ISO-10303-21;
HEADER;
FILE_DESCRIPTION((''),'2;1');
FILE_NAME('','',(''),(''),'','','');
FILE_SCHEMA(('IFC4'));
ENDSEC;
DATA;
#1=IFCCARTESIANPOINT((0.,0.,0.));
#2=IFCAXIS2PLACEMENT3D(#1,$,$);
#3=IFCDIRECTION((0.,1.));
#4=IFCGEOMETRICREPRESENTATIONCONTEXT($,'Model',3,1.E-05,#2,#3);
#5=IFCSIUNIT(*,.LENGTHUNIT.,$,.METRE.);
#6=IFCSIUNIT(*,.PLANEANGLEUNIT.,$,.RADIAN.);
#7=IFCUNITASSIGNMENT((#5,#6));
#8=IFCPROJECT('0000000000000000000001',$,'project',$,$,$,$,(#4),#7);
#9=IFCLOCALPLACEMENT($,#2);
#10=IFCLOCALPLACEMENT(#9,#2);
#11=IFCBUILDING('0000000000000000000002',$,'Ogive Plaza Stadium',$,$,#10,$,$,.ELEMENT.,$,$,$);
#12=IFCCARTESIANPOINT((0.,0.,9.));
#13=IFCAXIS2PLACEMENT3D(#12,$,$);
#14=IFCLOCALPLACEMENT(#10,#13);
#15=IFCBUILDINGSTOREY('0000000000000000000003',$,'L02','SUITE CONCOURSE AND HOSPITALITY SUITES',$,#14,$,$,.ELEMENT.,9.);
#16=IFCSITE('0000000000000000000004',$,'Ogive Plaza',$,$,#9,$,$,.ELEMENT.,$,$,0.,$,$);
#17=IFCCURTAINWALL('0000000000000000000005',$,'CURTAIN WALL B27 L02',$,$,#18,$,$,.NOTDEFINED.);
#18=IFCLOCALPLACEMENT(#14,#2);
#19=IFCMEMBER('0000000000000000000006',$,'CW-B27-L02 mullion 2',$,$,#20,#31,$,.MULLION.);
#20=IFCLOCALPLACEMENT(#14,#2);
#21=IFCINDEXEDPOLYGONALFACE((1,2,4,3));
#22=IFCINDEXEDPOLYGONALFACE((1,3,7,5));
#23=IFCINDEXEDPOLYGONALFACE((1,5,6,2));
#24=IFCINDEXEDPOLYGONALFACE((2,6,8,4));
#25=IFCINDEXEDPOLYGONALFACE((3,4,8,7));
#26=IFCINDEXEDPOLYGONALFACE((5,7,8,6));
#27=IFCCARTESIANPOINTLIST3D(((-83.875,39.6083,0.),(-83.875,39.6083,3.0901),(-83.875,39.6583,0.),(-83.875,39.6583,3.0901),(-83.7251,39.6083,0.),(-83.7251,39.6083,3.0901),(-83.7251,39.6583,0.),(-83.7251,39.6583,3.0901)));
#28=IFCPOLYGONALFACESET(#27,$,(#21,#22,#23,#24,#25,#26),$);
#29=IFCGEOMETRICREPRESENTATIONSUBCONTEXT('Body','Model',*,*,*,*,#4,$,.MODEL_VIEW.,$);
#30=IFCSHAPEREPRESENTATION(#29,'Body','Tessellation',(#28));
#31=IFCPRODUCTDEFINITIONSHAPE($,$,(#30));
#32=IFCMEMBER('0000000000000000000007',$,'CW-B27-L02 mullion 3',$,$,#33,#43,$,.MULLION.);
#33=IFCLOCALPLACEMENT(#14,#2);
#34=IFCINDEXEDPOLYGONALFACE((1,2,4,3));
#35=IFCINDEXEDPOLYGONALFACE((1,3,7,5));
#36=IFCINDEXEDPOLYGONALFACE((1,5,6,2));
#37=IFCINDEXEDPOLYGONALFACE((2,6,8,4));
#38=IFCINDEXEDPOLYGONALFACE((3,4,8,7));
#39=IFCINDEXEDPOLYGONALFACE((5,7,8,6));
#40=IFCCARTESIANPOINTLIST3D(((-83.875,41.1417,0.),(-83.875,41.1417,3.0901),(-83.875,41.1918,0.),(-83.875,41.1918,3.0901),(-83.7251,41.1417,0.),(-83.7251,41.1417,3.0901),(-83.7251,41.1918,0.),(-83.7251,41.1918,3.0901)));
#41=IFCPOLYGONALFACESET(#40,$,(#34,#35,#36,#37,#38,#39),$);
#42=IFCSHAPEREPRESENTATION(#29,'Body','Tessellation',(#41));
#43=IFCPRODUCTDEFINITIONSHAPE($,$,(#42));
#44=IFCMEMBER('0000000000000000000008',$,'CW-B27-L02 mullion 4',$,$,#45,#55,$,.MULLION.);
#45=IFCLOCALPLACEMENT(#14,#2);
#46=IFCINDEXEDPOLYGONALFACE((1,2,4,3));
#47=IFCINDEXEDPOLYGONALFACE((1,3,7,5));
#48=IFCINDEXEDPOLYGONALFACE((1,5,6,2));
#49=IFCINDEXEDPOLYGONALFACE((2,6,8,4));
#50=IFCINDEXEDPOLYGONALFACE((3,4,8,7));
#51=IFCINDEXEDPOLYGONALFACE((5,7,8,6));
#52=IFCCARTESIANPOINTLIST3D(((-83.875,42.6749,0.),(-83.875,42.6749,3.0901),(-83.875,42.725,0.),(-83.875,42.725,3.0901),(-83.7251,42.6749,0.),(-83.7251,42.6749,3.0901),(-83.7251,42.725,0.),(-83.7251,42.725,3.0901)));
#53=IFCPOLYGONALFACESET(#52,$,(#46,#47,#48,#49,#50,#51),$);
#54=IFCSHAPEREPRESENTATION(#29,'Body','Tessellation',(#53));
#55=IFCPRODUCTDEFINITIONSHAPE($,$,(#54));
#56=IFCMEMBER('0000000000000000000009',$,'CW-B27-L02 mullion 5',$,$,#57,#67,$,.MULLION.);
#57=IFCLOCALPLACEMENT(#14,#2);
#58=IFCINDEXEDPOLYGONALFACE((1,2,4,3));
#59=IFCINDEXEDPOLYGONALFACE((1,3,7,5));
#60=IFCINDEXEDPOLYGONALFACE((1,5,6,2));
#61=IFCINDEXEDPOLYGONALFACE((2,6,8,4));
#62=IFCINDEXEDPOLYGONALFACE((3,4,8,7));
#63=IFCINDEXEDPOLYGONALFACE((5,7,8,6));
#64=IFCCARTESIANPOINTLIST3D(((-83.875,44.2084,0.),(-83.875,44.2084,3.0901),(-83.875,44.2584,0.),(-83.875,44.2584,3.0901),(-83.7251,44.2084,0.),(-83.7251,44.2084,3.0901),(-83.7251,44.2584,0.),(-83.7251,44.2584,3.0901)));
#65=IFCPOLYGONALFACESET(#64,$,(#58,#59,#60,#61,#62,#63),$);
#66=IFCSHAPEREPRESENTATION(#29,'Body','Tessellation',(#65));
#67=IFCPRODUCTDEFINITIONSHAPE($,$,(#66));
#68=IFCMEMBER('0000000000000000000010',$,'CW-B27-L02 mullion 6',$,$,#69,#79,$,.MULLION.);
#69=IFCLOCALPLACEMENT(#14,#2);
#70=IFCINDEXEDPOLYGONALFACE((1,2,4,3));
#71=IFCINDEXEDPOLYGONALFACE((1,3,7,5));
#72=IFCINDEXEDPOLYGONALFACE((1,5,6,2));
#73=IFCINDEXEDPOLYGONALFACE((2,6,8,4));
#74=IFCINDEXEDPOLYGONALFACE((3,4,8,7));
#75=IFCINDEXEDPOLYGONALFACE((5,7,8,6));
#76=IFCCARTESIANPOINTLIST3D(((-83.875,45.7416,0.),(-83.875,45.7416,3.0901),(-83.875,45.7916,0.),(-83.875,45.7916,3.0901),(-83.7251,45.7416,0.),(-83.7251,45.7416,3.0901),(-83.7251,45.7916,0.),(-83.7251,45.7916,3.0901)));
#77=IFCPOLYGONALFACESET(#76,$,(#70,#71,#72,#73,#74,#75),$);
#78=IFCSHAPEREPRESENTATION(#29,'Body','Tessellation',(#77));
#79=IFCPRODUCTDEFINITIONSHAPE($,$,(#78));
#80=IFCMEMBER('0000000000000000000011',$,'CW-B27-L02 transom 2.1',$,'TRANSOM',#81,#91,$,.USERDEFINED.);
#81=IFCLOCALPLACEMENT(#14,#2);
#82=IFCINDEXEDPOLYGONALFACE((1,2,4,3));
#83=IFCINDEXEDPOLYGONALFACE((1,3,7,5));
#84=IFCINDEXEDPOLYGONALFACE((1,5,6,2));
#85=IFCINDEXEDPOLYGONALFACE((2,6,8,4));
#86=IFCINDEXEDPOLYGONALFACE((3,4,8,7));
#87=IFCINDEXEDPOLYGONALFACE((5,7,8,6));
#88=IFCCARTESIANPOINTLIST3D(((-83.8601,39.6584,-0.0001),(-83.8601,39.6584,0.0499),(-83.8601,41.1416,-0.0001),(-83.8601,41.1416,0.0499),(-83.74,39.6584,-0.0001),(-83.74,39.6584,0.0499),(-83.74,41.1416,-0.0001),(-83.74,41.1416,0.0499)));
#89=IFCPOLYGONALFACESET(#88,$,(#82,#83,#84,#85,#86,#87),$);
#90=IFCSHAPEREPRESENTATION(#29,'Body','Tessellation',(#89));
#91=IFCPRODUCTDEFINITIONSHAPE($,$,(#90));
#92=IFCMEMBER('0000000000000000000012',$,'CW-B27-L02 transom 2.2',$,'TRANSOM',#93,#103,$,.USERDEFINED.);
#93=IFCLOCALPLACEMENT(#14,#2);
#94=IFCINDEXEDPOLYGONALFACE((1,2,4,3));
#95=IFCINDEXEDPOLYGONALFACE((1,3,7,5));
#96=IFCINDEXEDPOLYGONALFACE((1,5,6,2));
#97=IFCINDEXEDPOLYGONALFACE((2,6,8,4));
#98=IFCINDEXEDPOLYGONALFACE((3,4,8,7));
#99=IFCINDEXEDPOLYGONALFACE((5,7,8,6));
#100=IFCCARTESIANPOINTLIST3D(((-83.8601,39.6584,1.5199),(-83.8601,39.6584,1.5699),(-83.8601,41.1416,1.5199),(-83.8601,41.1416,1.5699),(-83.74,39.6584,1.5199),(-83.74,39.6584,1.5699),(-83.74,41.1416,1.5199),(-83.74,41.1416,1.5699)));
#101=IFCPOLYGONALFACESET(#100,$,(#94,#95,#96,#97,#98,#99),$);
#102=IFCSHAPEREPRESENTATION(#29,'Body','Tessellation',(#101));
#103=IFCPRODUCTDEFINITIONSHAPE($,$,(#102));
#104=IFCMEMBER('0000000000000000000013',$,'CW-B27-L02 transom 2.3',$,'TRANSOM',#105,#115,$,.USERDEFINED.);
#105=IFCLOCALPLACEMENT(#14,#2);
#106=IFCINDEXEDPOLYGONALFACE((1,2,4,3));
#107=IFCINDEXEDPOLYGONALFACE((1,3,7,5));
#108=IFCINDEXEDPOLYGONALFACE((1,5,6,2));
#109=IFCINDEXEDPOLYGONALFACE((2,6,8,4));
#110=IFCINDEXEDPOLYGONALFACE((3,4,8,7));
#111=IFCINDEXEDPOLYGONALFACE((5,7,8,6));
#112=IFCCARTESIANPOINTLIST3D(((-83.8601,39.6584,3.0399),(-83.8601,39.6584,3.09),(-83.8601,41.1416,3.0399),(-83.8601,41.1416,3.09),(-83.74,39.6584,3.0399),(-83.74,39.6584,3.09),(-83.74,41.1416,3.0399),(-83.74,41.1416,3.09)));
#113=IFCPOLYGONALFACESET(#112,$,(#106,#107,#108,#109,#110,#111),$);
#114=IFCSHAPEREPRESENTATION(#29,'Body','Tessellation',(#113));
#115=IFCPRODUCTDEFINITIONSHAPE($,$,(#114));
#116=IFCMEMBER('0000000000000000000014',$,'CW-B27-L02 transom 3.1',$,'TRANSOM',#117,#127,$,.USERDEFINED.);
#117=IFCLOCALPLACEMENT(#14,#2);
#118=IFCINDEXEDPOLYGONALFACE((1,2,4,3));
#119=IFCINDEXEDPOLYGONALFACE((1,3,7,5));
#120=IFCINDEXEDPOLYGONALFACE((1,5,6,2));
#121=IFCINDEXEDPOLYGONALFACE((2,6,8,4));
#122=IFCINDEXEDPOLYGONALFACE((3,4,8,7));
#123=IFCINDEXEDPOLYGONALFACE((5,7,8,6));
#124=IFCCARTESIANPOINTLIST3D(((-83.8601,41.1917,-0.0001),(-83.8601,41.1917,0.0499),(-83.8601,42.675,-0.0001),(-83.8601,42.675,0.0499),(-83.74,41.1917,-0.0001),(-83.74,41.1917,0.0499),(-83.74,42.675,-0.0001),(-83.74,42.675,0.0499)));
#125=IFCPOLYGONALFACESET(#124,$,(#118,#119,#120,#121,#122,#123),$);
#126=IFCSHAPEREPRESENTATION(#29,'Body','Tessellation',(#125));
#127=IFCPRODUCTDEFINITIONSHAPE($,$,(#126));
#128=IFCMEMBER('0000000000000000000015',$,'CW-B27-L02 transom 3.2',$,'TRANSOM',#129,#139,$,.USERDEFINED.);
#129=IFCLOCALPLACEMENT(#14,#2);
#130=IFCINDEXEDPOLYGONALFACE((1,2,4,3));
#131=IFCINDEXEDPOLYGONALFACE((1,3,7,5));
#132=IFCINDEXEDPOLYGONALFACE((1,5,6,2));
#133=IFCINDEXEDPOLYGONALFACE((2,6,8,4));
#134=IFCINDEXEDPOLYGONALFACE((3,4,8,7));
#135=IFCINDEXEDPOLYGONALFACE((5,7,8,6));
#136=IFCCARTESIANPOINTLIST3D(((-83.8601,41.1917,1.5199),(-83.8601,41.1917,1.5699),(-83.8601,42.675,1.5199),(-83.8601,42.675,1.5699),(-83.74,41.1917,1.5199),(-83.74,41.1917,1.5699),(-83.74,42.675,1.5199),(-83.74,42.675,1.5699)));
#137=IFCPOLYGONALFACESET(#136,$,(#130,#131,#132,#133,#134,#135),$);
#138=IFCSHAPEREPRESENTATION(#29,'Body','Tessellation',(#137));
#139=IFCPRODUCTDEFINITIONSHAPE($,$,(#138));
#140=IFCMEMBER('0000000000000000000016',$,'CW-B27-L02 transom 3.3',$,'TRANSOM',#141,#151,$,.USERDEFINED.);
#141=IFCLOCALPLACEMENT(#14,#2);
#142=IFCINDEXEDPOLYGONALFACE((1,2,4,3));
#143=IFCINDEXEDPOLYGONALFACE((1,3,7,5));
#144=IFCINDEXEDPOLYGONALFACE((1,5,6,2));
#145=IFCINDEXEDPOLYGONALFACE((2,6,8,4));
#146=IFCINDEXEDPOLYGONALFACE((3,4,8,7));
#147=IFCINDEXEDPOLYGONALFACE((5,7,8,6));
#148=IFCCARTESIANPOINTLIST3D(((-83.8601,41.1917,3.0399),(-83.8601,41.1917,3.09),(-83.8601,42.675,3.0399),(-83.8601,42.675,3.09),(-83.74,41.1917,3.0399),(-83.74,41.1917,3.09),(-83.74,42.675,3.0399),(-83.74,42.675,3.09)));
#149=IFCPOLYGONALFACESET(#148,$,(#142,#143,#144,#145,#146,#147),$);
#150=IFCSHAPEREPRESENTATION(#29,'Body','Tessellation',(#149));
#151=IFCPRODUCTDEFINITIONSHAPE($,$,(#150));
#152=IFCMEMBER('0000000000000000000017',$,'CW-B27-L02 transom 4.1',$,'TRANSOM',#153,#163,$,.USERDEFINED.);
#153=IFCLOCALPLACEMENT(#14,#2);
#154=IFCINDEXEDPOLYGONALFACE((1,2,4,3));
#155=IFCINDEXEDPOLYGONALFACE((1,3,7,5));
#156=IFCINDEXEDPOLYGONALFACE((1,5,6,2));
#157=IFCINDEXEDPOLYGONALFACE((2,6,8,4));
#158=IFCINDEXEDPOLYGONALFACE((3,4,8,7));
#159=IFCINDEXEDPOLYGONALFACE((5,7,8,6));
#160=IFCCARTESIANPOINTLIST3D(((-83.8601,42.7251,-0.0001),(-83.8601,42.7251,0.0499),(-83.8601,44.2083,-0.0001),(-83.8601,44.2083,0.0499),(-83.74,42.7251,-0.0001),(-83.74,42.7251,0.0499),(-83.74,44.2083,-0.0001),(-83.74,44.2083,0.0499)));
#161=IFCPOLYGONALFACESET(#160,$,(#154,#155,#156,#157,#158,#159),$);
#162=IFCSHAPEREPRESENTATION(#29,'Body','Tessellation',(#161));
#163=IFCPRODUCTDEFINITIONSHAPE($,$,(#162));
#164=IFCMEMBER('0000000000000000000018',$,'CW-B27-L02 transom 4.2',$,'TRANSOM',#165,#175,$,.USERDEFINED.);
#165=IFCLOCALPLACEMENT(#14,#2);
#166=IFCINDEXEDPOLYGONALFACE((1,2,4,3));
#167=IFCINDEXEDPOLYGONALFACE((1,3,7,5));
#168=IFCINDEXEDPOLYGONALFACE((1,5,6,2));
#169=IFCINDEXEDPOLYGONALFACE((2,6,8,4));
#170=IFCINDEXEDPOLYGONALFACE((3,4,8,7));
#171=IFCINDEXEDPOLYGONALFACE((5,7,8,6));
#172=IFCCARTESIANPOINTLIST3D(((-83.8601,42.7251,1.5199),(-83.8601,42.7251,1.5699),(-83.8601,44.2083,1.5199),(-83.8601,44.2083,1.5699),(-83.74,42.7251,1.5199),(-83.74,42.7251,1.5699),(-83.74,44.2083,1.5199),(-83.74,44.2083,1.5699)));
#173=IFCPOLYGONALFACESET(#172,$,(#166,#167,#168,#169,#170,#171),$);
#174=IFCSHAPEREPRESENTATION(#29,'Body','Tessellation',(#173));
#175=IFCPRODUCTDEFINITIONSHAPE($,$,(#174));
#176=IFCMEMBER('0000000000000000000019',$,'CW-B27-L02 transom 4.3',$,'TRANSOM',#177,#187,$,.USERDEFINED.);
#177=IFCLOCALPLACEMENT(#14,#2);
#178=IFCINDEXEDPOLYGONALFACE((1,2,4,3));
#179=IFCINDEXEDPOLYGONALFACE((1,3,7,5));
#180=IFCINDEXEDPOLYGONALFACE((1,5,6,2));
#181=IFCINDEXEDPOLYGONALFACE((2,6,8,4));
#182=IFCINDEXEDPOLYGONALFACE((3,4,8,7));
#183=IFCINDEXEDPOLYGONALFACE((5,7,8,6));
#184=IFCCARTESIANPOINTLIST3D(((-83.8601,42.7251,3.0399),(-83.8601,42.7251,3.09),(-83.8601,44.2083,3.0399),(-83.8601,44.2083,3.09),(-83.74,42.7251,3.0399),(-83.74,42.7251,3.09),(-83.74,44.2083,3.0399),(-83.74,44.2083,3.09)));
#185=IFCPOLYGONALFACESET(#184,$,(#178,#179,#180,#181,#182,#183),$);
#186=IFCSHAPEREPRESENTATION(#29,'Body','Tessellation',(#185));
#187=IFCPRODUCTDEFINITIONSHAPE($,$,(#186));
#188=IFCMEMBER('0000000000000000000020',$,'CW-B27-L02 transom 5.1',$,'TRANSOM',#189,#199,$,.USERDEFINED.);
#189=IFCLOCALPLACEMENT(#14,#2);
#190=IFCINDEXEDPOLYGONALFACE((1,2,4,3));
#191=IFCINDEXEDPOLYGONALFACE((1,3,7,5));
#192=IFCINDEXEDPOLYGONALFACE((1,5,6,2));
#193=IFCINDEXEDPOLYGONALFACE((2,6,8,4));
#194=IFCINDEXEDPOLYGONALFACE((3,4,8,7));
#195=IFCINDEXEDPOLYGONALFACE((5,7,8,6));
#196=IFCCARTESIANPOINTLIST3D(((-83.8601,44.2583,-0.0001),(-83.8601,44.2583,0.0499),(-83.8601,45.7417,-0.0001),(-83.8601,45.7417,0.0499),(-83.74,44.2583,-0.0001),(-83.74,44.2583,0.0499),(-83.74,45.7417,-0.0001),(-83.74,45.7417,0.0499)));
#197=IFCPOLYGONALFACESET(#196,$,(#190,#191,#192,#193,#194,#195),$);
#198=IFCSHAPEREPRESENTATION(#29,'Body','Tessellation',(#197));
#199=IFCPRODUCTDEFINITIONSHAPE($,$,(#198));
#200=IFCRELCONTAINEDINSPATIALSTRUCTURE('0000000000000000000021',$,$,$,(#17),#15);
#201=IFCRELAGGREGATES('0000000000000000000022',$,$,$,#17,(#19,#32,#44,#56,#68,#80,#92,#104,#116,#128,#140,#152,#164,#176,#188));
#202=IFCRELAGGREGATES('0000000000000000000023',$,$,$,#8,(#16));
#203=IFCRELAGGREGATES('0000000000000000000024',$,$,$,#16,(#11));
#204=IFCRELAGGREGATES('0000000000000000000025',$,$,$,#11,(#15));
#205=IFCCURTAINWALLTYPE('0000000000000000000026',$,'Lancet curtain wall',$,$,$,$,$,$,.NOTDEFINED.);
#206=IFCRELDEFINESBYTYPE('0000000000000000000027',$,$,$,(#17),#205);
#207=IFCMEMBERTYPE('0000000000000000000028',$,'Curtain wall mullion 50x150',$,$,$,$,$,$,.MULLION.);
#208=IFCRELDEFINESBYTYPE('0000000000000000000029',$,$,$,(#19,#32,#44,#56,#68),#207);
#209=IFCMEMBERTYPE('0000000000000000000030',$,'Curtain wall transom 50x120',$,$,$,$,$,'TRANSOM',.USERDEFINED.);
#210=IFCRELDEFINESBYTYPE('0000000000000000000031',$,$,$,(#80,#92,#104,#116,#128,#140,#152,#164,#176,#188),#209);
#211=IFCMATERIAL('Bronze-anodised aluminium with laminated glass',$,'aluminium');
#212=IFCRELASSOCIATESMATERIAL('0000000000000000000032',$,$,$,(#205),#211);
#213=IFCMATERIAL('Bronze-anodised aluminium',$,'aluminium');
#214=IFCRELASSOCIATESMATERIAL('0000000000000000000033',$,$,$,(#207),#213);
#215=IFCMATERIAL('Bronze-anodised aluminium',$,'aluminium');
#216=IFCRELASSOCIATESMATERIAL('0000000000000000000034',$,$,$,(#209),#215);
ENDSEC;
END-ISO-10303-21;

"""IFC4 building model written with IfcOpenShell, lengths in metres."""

from ifc_helpers import new_model, si_unit, direction, frame, origin, origin_2d, place, context, subcontext, project, spatial, rectangle, extrude, material, material_profile, profile_set, type_object, element, aggregate, save


model = new_model("IFC4")

# Units and contexts
model_context = context("Model", 3, precision=1e-05, world=origin(), true_north=direction((0.0, 1.0)))
body_context = subcontext(model_context, "Body", "Model", "MODEL_VIEW")
ifc_project = project(units=[si_unit("LENGTHUNIT", "METRE"), si_unit("PLANEANGLEUNIT", "RADIAN")], contexts=[model_context])

# Site, building, storey
site_placement = place(None, origin())
site = spatial("IfcSite", under=ifc_project, at=site_placement, Name="Ogive Plaza", CompositionType="ELEMENT", RefElevation=0.0)
building_placement = place(site_placement, origin())
building = spatial("IfcBuilding", under=site, at=building_placement, Name="Ogive Plaza Stadium", CompositionType="ELEMENT")
storey_placement = place(building_placement, frame((0.0, 0.0, 9.0)))
storey = spatial("IfcBuildingStorey", under=building, at=storey_placement, Name="L02", Description="SUITE CONCOURSE AND HOSPITALITY SUITES", CompositionType="ELEMENT", Elevation=9.0)

# Curtain wall, members
ifc_material_1 = material(Name="Bronze-anodised aluminium with laminated glass", Category="aluminium")
curtain_wall_type = type_object("IfcCurtainWallType", Name="Lancet curtain wall", PredefinedType="NOTDEFINED", material=ifc_material_1)
curtain_wall_placement = place(storey_placement, origin())
curtain_wall = element("IfcCurtainWall", 1, at=curtain_wall_placement, inside=storey, type_object=curtain_wall_type, Name="CURTAIN WALL B27 L02", PredefinedType="NOTDEFINED")
ifc_material_2 = material(Name="Bronze-anodised aluminium", Category="aluminium")
ifc_material_profile_1 = material_profile(ifc_material_2, rectangle(XDim=0.1499, YDim=0.05, at=origin_2d()), Name="AL 150x50")
ifc_profile_set_1 = profile_set([ifc_material_profile_1], Name="Bronze-anodised aluminium")
member_type_1 = type_object("IfcMemberType", Name="Curtain wall mullion 50x150", PredefinedType="MULLION", material=ifc_profile_set_1)
member_1_placement = place(storey_placement, frame((-83.8, 39.6333, 0.0), z_axis=(0.0, 0.0, 1.0), x_axis=(-1.0, 0.0, 0.0)))
member_1 = element("IfcMember", 2, at=member_1_placement, type_object=member_type_1, Name="CW-B27-L02 mullion 2", PredefinedType="MULLION", context=body_context, shape_type="SweptSolid", body=[
    extrude(rectangle(XDim=0.1499, YDim=0.05, at=origin_2d()), origin(), (0.0, 0.0, 1.0), 3.0901),
])
member_2_placement = place(storey_placement, frame((-83.8, 41.1667, 0.0), z_axis=(0.0, 0.0, 1.0), x_axis=(-1.0, 0.0, 0.0)))
member_2 = element("IfcMember", 3, at=member_2_placement, type_object=member_type_1, Name="CW-B27-L02 mullion 3", PredefinedType="MULLION", context=body_context, shape_type="SweptSolid", body=[
    extrude(rectangle(XDim=0.1499, YDim=0.05, at=origin_2d()), origin(), (0.0, 0.0, 1.0), 3.0901),
])
member_3_placement = place(storey_placement, frame((-83.8, 42.7, 0.0), z_axis=(0.0, 0.0, 1.0), x_axis=(-1.0, 0.0, 0.0)))
member_3 = element("IfcMember", 4, at=member_3_placement, type_object=member_type_1, Name="CW-B27-L02 mullion 4", PredefinedType="MULLION", context=body_context, shape_type="SweptSolid", body=[
    extrude(rectangle(XDim=0.1499, YDim=0.05, at=origin_2d()), origin(), (0.0, 0.0, 1.0), 3.0901),
])
member_4_placement = place(storey_placement, frame((-83.8, 44.2334, 0.0), z_axis=(0.0, 0.0, 1.0), x_axis=(-1.0, 0.0, 0.0)))
member_4 = element("IfcMember", 5, at=member_4_placement, type_object=member_type_1, Name="CW-B27-L02 mullion 5", PredefinedType="MULLION", context=body_context, shape_type="SweptSolid", body=[
    extrude(rectangle(XDim=0.1499, YDim=0.05, at=origin_2d()), origin(), (0.0, 0.0, 1.0), 3.0901),
])
member_5_placement = place(storey_placement, frame((-83.8, 45.7666, 0.0), z_axis=(0.0, 0.0, 1.0), x_axis=(-1.0, 0.0, 0.0)))
member_5 = element("IfcMember", 6, at=member_5_placement, type_object=member_type_1, Name="CW-B27-L02 mullion 6", PredefinedType="MULLION", context=body_context, shape_type="SweptSolid", body=[
    extrude(rectangle(XDim=0.1499, YDim=0.05, at=origin_2d()), origin(), (0.0, 0.0, 1.0), 3.0901),
])
ifc_material_3 = material(Name="Bronze-anodised aluminium", Category="aluminium")
ifc_material_profile_2 = material_profile(ifc_material_3, rectangle(XDim=0.1201, YDim=0.05, at=origin_2d()), Name="AL 120x50")
ifc_profile_set_2 = profile_set([ifc_material_profile_2], Name="Bronze-anodised aluminium")
member_type_2 = type_object("IfcMemberType", Name="Curtain wall transom 50x120", ElementType="TRANSOM", PredefinedType="USERDEFINED", material=ifc_profile_set_2)
member_6_placement = place(storey_placement, frame((-83.8, 39.6584, 0.0249), z_axis=(0.0, 1.0, 0.0), x_axis=(-1.0, 0.0, 0.0)))
member_6 = element("IfcMember", 7, at=member_6_placement, type_object=member_type_2, Name="CW-B27-L02 transom 2.1", ObjectType="TRANSOM", PredefinedType="USERDEFINED", context=body_context, shape_type="SweptSolid", body=[
    extrude(rectangle(XDim=0.1201, YDim=0.05, at=origin_2d()), origin(), (0.0, 0.0, 1.0), 1.4832),
])
member_7_placement = place(storey_placement, frame((-83.8, 39.6584, 1.5449), z_axis=(0.0, 1.0, 0.0), x_axis=(-1.0, 0.0, 0.0)))
member_7 = element("IfcMember", 8, at=member_7_placement, type_object=member_type_2, Name="CW-B27-L02 transom 2.2", ObjectType="TRANSOM", PredefinedType="USERDEFINED", context=body_context, shape_type="SweptSolid", body=[
    extrude(rectangle(XDim=0.1201, YDim=0.05, at=origin_2d()), origin(), (0.0, 0.0, 1.0), 1.4832),
])
member_8_placement = place(storey_placement, frame((-83.8, 39.6584, 3.0649), z_axis=(0.0, 1.0, 0.0), x_axis=(-1.0, 0.0, 0.0)))
member_8 = element("IfcMember", 9, at=member_8_placement, type_object=member_type_2, Name="CW-B27-L02 transom 2.3", ObjectType="TRANSOM", PredefinedType="USERDEFINED", context=body_context, shape_type="SweptSolid", body=[
    extrude(rectangle(XDim=0.1201, YDim=0.05, at=origin_2d()), origin(), (0.0, 0.0, 1.0), 1.4832),
])
member_9_placement = place(storey_placement, frame((-83.8, 41.1917, 0.0249), z_axis=(0.0, 1.0, 0.0), x_axis=(-1.0, 0.0, 0.0)))
member_9 = element("IfcMember", 10, at=member_9_placement, type_object=member_type_2, Name="CW-B27-L02 transom 3.1", ObjectType="TRANSOM", PredefinedType="USERDEFINED", context=body_context, shape_type="SweptSolid", body=[
    extrude(rectangle(XDim=0.1201, YDim=0.05, at=origin_2d()), origin(), (0.0, 0.0, 1.0), 1.4834),
])
member_10_placement = place(storey_placement, frame((-83.8, 41.1917, 1.5449), z_axis=(0.0, 1.0, 0.0), x_axis=(-1.0, 0.0, 0.0)))
member_10 = element("IfcMember", 11, at=member_10_placement, type_object=member_type_2, Name="CW-B27-L02 transom 3.2", ObjectType="TRANSOM", PredefinedType="USERDEFINED", context=body_context, shape_type="SweptSolid", body=[
    extrude(rectangle(XDim=0.1201, YDim=0.05, at=origin_2d()), origin(), (0.0, 0.0, 1.0), 1.4834),
])
member_11_placement = place(storey_placement, frame((-83.8, 41.1917, 3.0649), z_axis=(0.0, 1.0, 0.0), x_axis=(-1.0, 0.0, 0.0)))
member_11 = element("IfcMember", 12, at=member_11_placement, type_object=member_type_2, Name="CW-B27-L02 transom 3.3", ObjectType="TRANSOM", PredefinedType="USERDEFINED", context=body_context, shape_type="SweptSolid", body=[
    extrude(rectangle(XDim=0.1201, YDim=0.05, at=origin_2d()), origin(), (0.0, 0.0, 1.0), 1.4834),
])
member_12_placement = place(storey_placement, frame((-83.8, 42.7251, 0.0249), z_axis=(0.0, 1.0, 0.0), x_axis=(-1.0, 0.0, 0.0)))
member_12 = element("IfcMember", 13, at=member_12_placement, type_object=member_type_2, Name="CW-B27-L02 transom 4.1", ObjectType="TRANSOM", PredefinedType="USERDEFINED", context=body_context, shape_type="SweptSolid", body=[
    extrude(rectangle(XDim=0.1201, YDim=0.05, at=origin_2d()), origin(), (0.0, 0.0, 1.0), 1.4832),
])
member_13_placement = place(storey_placement, frame((-83.8, 42.7251, 1.5449), z_axis=(0.0, 1.0, 0.0), x_axis=(-1.0, 0.0, 0.0)))
member_13 = element("IfcMember", 14, at=member_13_placement, type_object=member_type_2, Name="CW-B27-L02 transom 4.2", ObjectType="TRANSOM", PredefinedType="USERDEFINED", context=body_context, shape_type="SweptSolid", body=[
    extrude(rectangle(XDim=0.1201, YDim=0.05, at=origin_2d()), origin(), (0.0, 0.0, 1.0), 1.4832),
])
member_14_placement = place(storey_placement, frame((-83.8, 42.7251, 3.0649), z_axis=(0.0, 1.0, 0.0), x_axis=(-1.0, 0.0, 0.0)))
member_14 = element("IfcMember", 15, at=member_14_placement, type_object=member_type_2, Name="CW-B27-L02 transom 4.3", ObjectType="TRANSOM", PredefinedType="USERDEFINED", context=body_context, shape_type="SweptSolid", body=[
    extrude(rectangle(XDim=0.1201, YDim=0.05, at=origin_2d()), origin(), (0.0, 0.0, 1.0), 1.4832),
])
member_15_placement = place(storey_placement, frame((-83.8, 44.2583, 0.0249), z_axis=(0.0, 1.0, 0.0), x_axis=(-1.0, 0.0, 0.0)))
member_15 = element("IfcMember", 16, at=member_15_placement, type_object=member_type_2, Name="CW-B27-L02 transom 5.1", ObjectType="TRANSOM", PredefinedType="USERDEFINED", context=body_context, shape_type="SweptSolid", body=[
    extrude(rectangle(XDim=0.1201, YDim=0.05, at=origin_2d()), origin(), (0.0, 0.0, 1.0), 1.4834),
])
aggregate(curtain_wall, [member_1, member_2, member_3, member_4, member_5, member_6, member_7, member_8, member_9, member_10, member_11, member_12, member_13, member_14, member_15])

save(model, "model.ifc")
